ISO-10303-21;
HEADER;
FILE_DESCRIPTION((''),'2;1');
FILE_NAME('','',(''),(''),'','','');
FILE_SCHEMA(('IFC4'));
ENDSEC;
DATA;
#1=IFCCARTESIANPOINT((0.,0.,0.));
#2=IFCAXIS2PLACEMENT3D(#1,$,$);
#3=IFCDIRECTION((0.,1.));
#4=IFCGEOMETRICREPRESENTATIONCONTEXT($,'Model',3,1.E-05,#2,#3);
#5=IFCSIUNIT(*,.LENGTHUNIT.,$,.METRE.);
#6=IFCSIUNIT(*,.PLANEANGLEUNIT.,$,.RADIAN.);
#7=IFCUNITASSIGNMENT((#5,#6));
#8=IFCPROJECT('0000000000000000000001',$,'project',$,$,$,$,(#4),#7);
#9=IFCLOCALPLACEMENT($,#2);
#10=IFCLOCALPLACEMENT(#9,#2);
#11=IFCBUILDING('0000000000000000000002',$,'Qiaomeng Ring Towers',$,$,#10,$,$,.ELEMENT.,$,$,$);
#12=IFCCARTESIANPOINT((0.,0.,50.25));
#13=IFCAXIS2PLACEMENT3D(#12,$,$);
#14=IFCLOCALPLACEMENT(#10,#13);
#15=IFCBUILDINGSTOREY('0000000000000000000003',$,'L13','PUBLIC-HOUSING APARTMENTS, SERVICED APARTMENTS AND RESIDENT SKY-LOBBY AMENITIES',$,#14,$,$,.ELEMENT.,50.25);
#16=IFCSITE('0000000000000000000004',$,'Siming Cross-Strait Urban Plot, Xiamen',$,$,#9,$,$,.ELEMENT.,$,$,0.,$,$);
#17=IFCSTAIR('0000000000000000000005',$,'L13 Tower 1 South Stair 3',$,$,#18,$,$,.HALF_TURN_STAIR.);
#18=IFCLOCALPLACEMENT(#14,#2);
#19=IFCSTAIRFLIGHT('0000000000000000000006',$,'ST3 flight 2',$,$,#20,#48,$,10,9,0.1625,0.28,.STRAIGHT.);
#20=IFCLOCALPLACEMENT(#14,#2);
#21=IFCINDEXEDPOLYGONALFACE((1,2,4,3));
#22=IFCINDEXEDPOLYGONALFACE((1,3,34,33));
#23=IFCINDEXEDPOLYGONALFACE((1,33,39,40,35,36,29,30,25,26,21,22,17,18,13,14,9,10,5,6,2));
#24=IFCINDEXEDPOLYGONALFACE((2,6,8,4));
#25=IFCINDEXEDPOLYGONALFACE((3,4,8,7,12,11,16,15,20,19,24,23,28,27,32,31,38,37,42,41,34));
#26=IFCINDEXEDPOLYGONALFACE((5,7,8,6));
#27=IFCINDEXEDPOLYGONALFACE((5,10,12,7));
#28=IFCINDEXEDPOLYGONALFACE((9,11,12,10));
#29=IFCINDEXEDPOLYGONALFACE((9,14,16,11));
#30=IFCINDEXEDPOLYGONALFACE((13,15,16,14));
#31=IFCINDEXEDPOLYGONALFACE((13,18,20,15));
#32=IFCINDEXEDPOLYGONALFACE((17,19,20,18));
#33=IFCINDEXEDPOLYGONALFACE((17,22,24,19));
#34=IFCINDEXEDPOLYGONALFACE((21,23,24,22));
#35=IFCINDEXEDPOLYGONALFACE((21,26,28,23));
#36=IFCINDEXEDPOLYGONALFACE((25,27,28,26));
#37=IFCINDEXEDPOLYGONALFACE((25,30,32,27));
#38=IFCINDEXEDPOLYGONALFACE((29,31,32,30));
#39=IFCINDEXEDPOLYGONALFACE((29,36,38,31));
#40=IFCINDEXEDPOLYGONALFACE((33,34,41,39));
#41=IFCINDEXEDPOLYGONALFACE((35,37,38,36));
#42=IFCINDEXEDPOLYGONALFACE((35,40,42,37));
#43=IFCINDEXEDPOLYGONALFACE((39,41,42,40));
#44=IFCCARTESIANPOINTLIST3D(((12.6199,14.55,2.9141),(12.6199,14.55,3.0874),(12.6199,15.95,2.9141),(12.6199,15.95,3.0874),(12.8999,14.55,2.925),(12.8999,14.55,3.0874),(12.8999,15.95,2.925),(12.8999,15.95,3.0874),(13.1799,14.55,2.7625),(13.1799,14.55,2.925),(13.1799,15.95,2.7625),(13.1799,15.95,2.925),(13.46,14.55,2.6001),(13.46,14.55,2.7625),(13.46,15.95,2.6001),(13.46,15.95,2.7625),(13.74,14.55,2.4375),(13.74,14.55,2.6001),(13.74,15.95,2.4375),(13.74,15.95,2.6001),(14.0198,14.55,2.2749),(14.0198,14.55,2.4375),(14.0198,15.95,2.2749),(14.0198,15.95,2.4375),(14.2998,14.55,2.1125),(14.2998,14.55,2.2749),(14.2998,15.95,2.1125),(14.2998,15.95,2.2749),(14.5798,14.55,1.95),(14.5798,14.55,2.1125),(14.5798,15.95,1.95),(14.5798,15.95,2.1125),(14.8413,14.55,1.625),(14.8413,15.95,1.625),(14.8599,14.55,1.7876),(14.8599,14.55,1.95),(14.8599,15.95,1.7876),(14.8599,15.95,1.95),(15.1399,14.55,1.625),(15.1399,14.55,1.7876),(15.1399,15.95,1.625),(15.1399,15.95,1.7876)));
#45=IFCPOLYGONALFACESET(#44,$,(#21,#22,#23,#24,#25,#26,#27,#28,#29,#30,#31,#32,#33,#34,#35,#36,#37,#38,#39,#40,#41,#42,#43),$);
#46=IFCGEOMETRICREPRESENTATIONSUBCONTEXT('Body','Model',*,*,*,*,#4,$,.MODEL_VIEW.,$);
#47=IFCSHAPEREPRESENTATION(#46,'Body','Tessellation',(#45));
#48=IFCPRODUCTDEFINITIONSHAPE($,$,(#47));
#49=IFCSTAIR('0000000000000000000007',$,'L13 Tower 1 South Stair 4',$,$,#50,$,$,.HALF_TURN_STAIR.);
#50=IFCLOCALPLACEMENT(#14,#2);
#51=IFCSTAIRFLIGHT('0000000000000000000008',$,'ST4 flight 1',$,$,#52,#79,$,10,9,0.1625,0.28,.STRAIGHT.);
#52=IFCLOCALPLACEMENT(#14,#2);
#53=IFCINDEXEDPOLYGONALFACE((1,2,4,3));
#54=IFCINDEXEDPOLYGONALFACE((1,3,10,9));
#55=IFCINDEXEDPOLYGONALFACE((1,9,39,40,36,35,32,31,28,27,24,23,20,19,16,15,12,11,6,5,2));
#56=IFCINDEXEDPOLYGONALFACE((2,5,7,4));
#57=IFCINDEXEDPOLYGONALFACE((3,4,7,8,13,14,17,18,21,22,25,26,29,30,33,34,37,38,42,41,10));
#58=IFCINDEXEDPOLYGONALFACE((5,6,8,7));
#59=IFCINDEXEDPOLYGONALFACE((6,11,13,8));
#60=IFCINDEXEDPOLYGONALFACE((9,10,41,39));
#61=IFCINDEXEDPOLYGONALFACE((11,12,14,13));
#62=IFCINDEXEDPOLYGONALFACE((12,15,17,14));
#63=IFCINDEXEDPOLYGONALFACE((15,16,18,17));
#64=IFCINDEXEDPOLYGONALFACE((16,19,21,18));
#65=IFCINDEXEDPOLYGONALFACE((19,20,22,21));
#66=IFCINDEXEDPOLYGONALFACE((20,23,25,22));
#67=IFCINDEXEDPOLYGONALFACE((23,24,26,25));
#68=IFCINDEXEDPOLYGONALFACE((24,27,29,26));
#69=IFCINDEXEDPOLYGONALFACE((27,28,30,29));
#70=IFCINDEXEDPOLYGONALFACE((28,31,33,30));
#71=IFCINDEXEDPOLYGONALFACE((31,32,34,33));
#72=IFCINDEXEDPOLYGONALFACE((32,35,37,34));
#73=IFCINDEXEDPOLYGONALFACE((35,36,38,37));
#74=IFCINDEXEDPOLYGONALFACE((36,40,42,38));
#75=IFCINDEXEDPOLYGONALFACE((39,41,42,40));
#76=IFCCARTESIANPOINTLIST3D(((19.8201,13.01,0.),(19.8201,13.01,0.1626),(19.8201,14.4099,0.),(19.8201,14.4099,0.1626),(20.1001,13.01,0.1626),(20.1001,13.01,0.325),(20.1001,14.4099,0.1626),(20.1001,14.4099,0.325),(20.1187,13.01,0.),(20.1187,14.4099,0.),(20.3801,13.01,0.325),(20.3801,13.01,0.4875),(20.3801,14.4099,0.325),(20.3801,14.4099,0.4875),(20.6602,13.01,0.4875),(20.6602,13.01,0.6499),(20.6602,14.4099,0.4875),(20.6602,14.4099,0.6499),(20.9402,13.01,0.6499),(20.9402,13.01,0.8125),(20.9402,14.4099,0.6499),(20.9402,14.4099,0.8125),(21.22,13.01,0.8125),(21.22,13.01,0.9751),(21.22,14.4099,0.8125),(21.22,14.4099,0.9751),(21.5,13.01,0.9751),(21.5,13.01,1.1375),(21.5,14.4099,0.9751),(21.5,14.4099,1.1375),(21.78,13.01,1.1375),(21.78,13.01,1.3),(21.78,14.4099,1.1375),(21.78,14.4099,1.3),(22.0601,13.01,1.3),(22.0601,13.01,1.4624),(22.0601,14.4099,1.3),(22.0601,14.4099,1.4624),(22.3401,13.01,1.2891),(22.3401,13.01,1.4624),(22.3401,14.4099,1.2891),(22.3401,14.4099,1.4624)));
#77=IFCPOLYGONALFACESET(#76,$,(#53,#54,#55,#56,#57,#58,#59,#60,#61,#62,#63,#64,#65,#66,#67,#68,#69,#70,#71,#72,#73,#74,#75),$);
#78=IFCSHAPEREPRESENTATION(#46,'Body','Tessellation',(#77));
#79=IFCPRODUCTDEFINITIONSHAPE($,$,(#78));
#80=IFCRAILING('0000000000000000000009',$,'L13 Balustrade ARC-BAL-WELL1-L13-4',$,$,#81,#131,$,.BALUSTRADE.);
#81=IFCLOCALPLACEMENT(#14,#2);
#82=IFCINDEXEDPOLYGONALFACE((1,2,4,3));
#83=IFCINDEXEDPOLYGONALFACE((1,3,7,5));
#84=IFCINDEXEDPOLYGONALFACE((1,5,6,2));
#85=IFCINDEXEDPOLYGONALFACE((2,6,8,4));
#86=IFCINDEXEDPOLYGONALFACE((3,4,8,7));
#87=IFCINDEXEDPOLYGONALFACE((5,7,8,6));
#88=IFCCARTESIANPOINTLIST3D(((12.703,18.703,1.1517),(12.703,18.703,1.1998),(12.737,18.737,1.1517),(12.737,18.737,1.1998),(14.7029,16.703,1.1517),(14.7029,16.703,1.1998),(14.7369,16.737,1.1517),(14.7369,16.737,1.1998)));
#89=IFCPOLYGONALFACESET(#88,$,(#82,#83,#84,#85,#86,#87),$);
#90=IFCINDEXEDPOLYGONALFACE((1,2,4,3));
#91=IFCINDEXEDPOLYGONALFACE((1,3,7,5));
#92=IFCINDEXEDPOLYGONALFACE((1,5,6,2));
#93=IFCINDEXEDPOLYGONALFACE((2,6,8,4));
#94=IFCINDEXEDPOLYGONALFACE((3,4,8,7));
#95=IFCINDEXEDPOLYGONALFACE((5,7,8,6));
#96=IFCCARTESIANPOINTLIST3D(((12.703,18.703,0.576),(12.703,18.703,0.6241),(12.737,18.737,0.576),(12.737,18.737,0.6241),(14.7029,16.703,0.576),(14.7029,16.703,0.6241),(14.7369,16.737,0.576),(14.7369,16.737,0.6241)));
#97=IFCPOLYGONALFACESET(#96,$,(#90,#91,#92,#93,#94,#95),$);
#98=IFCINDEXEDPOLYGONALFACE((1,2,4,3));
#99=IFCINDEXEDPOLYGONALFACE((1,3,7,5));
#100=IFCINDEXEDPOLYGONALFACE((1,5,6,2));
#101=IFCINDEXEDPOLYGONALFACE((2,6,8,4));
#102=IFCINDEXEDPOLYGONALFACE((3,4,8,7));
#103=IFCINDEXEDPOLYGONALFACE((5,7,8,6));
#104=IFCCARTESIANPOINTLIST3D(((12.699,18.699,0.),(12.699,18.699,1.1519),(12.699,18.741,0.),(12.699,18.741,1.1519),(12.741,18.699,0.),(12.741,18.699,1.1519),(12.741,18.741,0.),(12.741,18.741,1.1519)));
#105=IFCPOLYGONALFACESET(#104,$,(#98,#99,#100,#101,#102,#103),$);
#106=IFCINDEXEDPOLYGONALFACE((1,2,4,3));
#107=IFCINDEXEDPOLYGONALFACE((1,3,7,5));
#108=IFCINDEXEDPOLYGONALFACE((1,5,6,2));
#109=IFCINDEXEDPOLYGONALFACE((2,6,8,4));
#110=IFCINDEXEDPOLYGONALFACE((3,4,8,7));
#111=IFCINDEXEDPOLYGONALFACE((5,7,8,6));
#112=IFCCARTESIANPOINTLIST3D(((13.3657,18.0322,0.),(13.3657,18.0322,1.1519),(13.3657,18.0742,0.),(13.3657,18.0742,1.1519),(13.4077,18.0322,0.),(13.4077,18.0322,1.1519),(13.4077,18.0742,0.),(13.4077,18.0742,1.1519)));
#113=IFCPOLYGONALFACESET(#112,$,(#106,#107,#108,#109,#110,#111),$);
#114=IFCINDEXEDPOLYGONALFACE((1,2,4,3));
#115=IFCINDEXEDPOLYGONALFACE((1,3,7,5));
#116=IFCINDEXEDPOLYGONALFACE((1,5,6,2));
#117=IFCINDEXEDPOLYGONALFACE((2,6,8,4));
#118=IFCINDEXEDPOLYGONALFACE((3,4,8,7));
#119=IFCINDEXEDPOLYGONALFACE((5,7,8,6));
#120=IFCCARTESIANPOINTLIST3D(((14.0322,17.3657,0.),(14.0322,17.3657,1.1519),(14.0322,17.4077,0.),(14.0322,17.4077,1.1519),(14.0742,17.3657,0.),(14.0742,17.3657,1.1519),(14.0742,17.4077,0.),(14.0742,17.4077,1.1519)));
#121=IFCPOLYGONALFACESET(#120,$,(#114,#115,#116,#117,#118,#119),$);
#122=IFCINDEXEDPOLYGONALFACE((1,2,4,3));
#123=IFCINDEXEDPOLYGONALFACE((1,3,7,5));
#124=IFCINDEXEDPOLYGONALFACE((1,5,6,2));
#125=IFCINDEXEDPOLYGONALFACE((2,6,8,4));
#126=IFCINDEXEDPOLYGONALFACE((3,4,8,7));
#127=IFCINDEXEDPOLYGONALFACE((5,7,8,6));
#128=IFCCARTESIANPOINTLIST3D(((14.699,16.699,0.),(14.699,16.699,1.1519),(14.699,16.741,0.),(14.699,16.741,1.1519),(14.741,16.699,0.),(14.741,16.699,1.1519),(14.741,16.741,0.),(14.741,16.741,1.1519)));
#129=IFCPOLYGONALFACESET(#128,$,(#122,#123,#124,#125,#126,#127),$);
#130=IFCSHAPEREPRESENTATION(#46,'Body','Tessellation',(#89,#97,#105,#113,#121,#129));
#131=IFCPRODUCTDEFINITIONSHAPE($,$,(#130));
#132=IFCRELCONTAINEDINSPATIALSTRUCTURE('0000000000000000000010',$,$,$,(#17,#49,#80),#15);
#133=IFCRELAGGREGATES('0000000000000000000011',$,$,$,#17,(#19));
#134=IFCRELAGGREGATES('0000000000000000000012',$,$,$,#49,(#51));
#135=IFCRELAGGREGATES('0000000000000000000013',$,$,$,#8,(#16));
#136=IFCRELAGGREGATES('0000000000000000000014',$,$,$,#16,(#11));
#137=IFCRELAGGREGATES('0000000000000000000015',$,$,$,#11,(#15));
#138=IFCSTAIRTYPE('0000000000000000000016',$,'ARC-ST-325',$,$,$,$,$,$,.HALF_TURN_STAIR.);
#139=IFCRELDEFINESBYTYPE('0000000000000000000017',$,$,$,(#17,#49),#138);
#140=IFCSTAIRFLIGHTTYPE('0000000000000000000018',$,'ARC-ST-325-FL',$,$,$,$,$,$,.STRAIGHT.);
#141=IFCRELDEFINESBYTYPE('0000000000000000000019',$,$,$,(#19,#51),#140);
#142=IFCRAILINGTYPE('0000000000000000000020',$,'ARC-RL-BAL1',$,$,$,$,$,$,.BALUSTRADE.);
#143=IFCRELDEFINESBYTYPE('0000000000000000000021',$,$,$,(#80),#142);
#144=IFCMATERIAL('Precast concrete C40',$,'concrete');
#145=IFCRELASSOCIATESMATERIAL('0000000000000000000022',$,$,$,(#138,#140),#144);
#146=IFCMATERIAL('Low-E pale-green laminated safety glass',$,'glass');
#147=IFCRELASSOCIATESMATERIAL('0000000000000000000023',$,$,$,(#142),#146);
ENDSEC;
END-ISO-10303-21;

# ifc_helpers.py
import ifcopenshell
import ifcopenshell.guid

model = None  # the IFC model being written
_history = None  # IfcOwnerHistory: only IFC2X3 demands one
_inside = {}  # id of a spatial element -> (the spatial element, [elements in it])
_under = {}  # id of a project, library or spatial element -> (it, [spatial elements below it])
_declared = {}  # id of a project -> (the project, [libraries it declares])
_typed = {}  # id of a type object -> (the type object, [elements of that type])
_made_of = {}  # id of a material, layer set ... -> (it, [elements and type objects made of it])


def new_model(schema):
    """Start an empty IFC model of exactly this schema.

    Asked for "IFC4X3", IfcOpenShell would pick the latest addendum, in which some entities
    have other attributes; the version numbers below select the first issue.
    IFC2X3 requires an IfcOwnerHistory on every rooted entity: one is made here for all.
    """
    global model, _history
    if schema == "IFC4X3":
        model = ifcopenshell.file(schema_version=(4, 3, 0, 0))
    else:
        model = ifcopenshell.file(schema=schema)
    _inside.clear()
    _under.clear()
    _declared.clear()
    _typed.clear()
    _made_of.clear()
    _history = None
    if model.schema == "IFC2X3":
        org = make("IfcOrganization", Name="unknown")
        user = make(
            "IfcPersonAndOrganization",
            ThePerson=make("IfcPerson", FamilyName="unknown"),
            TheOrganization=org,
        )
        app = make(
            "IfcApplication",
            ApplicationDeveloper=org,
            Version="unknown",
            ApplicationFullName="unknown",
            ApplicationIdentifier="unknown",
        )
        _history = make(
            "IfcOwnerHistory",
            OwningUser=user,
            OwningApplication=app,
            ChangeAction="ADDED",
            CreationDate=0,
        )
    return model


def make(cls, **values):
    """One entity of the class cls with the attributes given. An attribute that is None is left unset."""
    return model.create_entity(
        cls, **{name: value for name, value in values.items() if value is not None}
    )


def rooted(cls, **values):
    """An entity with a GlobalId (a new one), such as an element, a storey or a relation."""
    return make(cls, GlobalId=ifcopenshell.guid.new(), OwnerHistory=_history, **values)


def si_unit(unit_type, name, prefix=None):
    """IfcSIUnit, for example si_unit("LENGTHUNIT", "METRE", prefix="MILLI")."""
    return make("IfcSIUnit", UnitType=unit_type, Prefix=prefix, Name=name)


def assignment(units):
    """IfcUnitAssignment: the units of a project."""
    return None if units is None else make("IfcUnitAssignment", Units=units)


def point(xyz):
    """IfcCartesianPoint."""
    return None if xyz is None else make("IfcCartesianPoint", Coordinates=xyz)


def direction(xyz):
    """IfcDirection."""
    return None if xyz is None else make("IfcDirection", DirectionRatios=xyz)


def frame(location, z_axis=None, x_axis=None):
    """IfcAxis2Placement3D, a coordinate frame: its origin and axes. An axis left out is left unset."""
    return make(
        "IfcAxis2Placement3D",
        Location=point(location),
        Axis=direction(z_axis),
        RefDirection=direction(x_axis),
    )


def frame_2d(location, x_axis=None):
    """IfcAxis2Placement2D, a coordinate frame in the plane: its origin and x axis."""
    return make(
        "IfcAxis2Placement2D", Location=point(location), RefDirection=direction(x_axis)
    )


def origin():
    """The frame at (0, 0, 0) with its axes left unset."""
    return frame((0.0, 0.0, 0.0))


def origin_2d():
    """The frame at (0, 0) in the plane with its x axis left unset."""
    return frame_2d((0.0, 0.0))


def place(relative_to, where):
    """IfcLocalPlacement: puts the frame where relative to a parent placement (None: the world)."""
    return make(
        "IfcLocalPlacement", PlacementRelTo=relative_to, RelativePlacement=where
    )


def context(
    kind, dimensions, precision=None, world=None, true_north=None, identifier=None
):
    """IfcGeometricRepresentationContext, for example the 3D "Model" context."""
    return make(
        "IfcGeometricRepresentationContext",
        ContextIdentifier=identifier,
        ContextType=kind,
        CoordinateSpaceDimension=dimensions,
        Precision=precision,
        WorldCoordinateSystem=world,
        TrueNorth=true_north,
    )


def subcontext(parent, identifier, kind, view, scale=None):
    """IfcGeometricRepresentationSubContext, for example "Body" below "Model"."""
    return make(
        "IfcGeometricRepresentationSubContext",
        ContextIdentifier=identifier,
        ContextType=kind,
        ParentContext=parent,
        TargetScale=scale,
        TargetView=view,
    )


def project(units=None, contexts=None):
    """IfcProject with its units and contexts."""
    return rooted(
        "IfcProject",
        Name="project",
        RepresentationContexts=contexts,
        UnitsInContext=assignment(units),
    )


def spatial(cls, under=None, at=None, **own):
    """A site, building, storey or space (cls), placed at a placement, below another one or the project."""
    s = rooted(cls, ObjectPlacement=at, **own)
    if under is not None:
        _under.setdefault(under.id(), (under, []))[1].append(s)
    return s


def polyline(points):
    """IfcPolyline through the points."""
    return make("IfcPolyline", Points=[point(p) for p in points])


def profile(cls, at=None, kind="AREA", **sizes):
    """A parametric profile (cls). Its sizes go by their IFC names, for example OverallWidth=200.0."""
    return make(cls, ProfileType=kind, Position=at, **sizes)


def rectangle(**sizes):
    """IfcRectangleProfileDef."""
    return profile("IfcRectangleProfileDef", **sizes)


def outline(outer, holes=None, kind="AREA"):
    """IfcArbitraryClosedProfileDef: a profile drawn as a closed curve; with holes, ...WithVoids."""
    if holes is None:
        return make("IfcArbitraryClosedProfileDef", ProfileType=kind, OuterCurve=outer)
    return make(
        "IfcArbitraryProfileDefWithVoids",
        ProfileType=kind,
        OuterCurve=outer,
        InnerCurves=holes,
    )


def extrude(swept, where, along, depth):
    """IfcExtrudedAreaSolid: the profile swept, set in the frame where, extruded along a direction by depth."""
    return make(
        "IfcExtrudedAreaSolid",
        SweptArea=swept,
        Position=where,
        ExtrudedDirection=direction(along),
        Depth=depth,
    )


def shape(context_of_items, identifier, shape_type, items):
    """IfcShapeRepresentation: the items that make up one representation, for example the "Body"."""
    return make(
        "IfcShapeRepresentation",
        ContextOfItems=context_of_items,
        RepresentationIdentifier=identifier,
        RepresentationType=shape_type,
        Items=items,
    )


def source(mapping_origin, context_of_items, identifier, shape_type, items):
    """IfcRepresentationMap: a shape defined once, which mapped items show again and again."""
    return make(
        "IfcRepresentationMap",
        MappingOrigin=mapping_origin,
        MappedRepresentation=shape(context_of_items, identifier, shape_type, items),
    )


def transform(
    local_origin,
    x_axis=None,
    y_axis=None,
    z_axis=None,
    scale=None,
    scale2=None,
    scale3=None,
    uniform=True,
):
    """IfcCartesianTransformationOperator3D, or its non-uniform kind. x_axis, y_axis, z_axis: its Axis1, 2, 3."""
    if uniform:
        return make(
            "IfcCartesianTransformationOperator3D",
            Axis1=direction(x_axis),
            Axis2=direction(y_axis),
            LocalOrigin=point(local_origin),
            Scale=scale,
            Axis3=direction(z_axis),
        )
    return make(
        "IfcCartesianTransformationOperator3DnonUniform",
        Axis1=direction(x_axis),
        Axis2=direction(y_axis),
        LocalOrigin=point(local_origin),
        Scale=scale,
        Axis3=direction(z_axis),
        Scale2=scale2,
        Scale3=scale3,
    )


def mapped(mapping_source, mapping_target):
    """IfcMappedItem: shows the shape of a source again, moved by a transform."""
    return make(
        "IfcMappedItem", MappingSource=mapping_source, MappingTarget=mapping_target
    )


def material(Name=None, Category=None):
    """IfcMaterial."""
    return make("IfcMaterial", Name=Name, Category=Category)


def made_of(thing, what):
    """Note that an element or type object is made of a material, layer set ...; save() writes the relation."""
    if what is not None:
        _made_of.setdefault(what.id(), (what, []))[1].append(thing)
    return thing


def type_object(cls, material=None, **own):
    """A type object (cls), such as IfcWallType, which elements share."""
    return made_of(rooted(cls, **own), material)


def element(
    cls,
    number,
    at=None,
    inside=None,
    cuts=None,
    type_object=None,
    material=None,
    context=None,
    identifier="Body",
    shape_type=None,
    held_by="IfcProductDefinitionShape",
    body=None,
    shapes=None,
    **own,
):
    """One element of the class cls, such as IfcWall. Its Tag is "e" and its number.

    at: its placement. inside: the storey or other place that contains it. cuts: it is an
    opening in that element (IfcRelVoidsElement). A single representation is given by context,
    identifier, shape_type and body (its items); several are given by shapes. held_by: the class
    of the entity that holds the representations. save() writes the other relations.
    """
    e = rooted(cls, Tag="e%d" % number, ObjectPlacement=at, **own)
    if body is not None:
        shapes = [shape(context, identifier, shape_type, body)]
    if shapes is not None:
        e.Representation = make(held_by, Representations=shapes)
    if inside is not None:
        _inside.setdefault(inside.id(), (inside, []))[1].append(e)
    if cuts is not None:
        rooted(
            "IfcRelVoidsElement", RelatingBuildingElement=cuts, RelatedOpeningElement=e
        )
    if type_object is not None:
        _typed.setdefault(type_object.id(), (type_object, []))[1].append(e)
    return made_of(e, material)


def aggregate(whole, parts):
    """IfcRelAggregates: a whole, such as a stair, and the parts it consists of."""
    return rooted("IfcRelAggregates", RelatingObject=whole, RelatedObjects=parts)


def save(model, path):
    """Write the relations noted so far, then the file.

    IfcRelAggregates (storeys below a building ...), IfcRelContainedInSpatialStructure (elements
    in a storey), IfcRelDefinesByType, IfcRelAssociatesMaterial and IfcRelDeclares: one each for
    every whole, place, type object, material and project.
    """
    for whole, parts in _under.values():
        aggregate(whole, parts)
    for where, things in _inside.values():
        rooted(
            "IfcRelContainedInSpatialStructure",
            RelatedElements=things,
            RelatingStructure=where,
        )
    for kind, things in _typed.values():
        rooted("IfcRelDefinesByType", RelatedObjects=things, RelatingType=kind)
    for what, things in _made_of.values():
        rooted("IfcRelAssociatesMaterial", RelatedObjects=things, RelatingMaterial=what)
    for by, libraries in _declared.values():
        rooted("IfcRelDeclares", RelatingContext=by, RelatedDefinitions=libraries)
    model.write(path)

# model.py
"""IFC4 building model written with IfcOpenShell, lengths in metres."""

from ifc_helpers import new_model, si_unit, direction, frame, origin, origin_2d, place, context, subcontext, project, spatial, polyline, rectangle, outline, extrude, source, transform, mapped, material, type_object, element, aggregate, save


model = new_model("IFC4")

# Units and contexts
model_context = context("Model", 3, precision=1e-05, world=origin(), true_north=direction((0.0, 1.0)))
body_context = subcontext(model_context, "Body", "Model", "MODEL_VIEW")
ifc_project = project(units=[si_unit("LENGTHUNIT", "METRE"), si_unit("PLANEANGLEUNIT", "RADIAN")], contexts=[model_context])

# Site, building, storey
site_placement = place(None, origin())
site = spatial("IfcSite", under=ifc_project, at=site_placement, Name="Siming Cross-Strait Urban Plot, Xiamen", CompositionType="ELEMENT", RefElevation=0.0)
building_placement = place(site_placement, origin())
building = spatial("IfcBuilding", under=site, at=building_placement, Name="Qiaomeng Ring Towers", CompositionType="ELEMENT")
storey_placement = place(building_placement, frame((0.0, 0.0, 50.25)))
storey = spatial("IfcBuildingStorey", under=building, at=storey_placement, Name="L13", Description="PUBLIC-HOUSING APARTMENTS, SERVICED APARTMENTS AND RESIDENT SKY-LOBBY AMENITIES", CompositionType="ELEMENT", Elevation=50.25)

# Stairs, stair flights
ifc_material_1 = material(Name="Precast concrete C40", Category="concrete")
stair_type = type_object("IfcStairType", Name="ARC-ST-325", PredefinedType="HALF_TURN_STAIR", material=ifc_material_1)
stair_1_placement = place(storey_placement, origin())
stair_1 = element("IfcStair", 1, at=stair_1_placement, inside=storey, type_object=stair_type, Name="L13 Tower 1 South Stair 3", PredefinedType="HALF_TURN_STAIR")
stair_flight_type = type_object("IfcStairFlightType", Name="ARC-ST-325-FL", PredefinedType="STRAIGHT", material=ifc_material_1)
shared_shape_1 = source(origin(), body_context, "Body", "SweptSolid", [
    extrude(outline(polyline([(0.0, 0.0), (0.0, 0.1626), (0.28, 0.1626), (0.28, 0.325), (0.5601, 0.325), (0.5601, 0.4875), (0.8401, 0.4875), (0.8401, 0.6499), (1.1201, 0.6499), (1.1201, 0.8125), (1.3999, 0.8125), (1.3999, 0.9751), (1.6799, 0.9751), (1.6799, 1.1375), (1.96, 1.1375), (1.96, 1.3), (2.24, 1.3), (2.24, 1.4624), (2.52, 1.4624), (2.52, 1.625), (2.52, 1.2891), (0.2986, 0.0), (0.0, 0.0)])), frame((0.0, 0.7, 0.0), z_axis=(0.0, -1.0, 0.0), x_axis=(1.0, 0.0, 0.0)), (0.0, 0.0, 1.0), 1.3999),
])
stair_flight_1_placement = place(storey_placement, frame((15.1399, 15.25, 1.625), z_axis=(0.0, 0.0, 1.0), x_axis=(-1.0, 0.0, 0.0)))
stair_flight_1 = element("IfcStairFlight", 2, at=stair_flight_1_placement, type_object=stair_flight_type, Name="ST3 flight 2", NumberOfRisers=10, NumberOfTreads=9, PredefinedType="STRAIGHT", RiserHeight=0.1625, TreadLength=0.28, context=body_context, shape_type="MappedRepresentation", body=[
    mapped(shared_shape_1, transform((0.0, 0.0, 0.0), x_axis=(1.0, 0.0, 0.0), y_axis=(0.0, 1.0, 0.0), z_axis=(0.0, 0.0, 1.0), scale=1.0)),
])
aggregate(stair_1, [stair_flight_1])
stair_2_placement = place(storey_placement, origin())
stair_2 = element("IfcStair", 3, at=stair_2_placement, inside=storey, type_object=stair_type, Name="L13 Tower 1 South Stair 4", PredefinedType="HALF_TURN_STAIR")
stair_flight_2_placement = place(storey_placement, frame((19.8201, 13.71, 0.0), z_axis=(0.0, 0.0, 1.0), x_axis=(1.0, 0.0, 0.0)))
stair_flight_2 = element("IfcStairFlight", 4, at=stair_flight_2_placement, type_object=stair_flight_type, Name="ST4 flight 1", NumberOfRisers=10, NumberOfTreads=9, PredefinedType="STRAIGHT", RiserHeight=0.1625, TreadLength=0.28, context=body_context, shape_type="MappedRepresentation", body=[
    mapped(shared_shape_1, transform((0.0, 0.0, 0.0), x_axis=(1.0, 0.0, 0.0), y_axis=(0.0, 1.0, 0.0), z_axis=(0.0, 0.0, 1.0), scale=1.0)),
])
aggregate(stair_2, [stair_flight_2])

# Railing
ifc_material_2 = material(Name="Low-E pale-green laminated safety glass", Category="glass")
railing_type_1 = type_object("IfcRailingType", Name="ARC-RL-BAL1", PredefinedType="BALUSTRADE", material=ifc_material_2)
railing_1_placement = place(storey_placement, frame((12.72, 18.72, 0.0)))
element("IfcRailing", 5, at=railing_1_placement, inside=storey, type_object=railing_type_1, Name="L13 Balustrade ARC-BAL-WELL1-L13-4", PredefinedType="BALUSTRADE", context=body_context, shape_type="SweptSolid", body=[
    extrude(rectangle(XDim=0.0481, YDim=0.0481, at=origin_2d()), frame((0.0, 0.0, 1.1758), z_axis=(0.707107, -0.707107, 0.0), x_axis=(0.707107, 0.707107, 0.0)), (0.0, 0.0, 1.0), 2.8284),
    extrude(rectangle(XDim=0.0481, YDim=0.0481, at=origin_2d()), frame((0.0, 0.0, 0.6001), z_axis=(0.707107, -0.707107, 0.0), x_axis=(0.707107, 0.707107, 0.0)), (0.0, 0.0, 1.0), 2.8284),
    extrude(rectangle(XDim=0.042, YDim=0.042, at=origin_2d()), origin(), (0.0, 0.0, 1.0), 1.1519),
    extrude(rectangle(XDim=0.042, YDim=0.042, at=origin_2d()), frame((0.6667, -0.6667, 0.0)), (0.0, 0.0, 1.0), 1.1519),
    extrude(rectangle(XDim=0.042, YDim=0.042, at=origin_2d()), frame((1.3333, -1.3333, 0.0)), (0.0, 0.0, 1.0), 1.1519),
    extrude(rectangle(XDim=0.042, YDim=0.042, at=origin_2d()), frame((2.0, -2.0, 0.0)), (0.0, 0.0, 1.0), 1.1519),
])

save(model, "model.ifc")
